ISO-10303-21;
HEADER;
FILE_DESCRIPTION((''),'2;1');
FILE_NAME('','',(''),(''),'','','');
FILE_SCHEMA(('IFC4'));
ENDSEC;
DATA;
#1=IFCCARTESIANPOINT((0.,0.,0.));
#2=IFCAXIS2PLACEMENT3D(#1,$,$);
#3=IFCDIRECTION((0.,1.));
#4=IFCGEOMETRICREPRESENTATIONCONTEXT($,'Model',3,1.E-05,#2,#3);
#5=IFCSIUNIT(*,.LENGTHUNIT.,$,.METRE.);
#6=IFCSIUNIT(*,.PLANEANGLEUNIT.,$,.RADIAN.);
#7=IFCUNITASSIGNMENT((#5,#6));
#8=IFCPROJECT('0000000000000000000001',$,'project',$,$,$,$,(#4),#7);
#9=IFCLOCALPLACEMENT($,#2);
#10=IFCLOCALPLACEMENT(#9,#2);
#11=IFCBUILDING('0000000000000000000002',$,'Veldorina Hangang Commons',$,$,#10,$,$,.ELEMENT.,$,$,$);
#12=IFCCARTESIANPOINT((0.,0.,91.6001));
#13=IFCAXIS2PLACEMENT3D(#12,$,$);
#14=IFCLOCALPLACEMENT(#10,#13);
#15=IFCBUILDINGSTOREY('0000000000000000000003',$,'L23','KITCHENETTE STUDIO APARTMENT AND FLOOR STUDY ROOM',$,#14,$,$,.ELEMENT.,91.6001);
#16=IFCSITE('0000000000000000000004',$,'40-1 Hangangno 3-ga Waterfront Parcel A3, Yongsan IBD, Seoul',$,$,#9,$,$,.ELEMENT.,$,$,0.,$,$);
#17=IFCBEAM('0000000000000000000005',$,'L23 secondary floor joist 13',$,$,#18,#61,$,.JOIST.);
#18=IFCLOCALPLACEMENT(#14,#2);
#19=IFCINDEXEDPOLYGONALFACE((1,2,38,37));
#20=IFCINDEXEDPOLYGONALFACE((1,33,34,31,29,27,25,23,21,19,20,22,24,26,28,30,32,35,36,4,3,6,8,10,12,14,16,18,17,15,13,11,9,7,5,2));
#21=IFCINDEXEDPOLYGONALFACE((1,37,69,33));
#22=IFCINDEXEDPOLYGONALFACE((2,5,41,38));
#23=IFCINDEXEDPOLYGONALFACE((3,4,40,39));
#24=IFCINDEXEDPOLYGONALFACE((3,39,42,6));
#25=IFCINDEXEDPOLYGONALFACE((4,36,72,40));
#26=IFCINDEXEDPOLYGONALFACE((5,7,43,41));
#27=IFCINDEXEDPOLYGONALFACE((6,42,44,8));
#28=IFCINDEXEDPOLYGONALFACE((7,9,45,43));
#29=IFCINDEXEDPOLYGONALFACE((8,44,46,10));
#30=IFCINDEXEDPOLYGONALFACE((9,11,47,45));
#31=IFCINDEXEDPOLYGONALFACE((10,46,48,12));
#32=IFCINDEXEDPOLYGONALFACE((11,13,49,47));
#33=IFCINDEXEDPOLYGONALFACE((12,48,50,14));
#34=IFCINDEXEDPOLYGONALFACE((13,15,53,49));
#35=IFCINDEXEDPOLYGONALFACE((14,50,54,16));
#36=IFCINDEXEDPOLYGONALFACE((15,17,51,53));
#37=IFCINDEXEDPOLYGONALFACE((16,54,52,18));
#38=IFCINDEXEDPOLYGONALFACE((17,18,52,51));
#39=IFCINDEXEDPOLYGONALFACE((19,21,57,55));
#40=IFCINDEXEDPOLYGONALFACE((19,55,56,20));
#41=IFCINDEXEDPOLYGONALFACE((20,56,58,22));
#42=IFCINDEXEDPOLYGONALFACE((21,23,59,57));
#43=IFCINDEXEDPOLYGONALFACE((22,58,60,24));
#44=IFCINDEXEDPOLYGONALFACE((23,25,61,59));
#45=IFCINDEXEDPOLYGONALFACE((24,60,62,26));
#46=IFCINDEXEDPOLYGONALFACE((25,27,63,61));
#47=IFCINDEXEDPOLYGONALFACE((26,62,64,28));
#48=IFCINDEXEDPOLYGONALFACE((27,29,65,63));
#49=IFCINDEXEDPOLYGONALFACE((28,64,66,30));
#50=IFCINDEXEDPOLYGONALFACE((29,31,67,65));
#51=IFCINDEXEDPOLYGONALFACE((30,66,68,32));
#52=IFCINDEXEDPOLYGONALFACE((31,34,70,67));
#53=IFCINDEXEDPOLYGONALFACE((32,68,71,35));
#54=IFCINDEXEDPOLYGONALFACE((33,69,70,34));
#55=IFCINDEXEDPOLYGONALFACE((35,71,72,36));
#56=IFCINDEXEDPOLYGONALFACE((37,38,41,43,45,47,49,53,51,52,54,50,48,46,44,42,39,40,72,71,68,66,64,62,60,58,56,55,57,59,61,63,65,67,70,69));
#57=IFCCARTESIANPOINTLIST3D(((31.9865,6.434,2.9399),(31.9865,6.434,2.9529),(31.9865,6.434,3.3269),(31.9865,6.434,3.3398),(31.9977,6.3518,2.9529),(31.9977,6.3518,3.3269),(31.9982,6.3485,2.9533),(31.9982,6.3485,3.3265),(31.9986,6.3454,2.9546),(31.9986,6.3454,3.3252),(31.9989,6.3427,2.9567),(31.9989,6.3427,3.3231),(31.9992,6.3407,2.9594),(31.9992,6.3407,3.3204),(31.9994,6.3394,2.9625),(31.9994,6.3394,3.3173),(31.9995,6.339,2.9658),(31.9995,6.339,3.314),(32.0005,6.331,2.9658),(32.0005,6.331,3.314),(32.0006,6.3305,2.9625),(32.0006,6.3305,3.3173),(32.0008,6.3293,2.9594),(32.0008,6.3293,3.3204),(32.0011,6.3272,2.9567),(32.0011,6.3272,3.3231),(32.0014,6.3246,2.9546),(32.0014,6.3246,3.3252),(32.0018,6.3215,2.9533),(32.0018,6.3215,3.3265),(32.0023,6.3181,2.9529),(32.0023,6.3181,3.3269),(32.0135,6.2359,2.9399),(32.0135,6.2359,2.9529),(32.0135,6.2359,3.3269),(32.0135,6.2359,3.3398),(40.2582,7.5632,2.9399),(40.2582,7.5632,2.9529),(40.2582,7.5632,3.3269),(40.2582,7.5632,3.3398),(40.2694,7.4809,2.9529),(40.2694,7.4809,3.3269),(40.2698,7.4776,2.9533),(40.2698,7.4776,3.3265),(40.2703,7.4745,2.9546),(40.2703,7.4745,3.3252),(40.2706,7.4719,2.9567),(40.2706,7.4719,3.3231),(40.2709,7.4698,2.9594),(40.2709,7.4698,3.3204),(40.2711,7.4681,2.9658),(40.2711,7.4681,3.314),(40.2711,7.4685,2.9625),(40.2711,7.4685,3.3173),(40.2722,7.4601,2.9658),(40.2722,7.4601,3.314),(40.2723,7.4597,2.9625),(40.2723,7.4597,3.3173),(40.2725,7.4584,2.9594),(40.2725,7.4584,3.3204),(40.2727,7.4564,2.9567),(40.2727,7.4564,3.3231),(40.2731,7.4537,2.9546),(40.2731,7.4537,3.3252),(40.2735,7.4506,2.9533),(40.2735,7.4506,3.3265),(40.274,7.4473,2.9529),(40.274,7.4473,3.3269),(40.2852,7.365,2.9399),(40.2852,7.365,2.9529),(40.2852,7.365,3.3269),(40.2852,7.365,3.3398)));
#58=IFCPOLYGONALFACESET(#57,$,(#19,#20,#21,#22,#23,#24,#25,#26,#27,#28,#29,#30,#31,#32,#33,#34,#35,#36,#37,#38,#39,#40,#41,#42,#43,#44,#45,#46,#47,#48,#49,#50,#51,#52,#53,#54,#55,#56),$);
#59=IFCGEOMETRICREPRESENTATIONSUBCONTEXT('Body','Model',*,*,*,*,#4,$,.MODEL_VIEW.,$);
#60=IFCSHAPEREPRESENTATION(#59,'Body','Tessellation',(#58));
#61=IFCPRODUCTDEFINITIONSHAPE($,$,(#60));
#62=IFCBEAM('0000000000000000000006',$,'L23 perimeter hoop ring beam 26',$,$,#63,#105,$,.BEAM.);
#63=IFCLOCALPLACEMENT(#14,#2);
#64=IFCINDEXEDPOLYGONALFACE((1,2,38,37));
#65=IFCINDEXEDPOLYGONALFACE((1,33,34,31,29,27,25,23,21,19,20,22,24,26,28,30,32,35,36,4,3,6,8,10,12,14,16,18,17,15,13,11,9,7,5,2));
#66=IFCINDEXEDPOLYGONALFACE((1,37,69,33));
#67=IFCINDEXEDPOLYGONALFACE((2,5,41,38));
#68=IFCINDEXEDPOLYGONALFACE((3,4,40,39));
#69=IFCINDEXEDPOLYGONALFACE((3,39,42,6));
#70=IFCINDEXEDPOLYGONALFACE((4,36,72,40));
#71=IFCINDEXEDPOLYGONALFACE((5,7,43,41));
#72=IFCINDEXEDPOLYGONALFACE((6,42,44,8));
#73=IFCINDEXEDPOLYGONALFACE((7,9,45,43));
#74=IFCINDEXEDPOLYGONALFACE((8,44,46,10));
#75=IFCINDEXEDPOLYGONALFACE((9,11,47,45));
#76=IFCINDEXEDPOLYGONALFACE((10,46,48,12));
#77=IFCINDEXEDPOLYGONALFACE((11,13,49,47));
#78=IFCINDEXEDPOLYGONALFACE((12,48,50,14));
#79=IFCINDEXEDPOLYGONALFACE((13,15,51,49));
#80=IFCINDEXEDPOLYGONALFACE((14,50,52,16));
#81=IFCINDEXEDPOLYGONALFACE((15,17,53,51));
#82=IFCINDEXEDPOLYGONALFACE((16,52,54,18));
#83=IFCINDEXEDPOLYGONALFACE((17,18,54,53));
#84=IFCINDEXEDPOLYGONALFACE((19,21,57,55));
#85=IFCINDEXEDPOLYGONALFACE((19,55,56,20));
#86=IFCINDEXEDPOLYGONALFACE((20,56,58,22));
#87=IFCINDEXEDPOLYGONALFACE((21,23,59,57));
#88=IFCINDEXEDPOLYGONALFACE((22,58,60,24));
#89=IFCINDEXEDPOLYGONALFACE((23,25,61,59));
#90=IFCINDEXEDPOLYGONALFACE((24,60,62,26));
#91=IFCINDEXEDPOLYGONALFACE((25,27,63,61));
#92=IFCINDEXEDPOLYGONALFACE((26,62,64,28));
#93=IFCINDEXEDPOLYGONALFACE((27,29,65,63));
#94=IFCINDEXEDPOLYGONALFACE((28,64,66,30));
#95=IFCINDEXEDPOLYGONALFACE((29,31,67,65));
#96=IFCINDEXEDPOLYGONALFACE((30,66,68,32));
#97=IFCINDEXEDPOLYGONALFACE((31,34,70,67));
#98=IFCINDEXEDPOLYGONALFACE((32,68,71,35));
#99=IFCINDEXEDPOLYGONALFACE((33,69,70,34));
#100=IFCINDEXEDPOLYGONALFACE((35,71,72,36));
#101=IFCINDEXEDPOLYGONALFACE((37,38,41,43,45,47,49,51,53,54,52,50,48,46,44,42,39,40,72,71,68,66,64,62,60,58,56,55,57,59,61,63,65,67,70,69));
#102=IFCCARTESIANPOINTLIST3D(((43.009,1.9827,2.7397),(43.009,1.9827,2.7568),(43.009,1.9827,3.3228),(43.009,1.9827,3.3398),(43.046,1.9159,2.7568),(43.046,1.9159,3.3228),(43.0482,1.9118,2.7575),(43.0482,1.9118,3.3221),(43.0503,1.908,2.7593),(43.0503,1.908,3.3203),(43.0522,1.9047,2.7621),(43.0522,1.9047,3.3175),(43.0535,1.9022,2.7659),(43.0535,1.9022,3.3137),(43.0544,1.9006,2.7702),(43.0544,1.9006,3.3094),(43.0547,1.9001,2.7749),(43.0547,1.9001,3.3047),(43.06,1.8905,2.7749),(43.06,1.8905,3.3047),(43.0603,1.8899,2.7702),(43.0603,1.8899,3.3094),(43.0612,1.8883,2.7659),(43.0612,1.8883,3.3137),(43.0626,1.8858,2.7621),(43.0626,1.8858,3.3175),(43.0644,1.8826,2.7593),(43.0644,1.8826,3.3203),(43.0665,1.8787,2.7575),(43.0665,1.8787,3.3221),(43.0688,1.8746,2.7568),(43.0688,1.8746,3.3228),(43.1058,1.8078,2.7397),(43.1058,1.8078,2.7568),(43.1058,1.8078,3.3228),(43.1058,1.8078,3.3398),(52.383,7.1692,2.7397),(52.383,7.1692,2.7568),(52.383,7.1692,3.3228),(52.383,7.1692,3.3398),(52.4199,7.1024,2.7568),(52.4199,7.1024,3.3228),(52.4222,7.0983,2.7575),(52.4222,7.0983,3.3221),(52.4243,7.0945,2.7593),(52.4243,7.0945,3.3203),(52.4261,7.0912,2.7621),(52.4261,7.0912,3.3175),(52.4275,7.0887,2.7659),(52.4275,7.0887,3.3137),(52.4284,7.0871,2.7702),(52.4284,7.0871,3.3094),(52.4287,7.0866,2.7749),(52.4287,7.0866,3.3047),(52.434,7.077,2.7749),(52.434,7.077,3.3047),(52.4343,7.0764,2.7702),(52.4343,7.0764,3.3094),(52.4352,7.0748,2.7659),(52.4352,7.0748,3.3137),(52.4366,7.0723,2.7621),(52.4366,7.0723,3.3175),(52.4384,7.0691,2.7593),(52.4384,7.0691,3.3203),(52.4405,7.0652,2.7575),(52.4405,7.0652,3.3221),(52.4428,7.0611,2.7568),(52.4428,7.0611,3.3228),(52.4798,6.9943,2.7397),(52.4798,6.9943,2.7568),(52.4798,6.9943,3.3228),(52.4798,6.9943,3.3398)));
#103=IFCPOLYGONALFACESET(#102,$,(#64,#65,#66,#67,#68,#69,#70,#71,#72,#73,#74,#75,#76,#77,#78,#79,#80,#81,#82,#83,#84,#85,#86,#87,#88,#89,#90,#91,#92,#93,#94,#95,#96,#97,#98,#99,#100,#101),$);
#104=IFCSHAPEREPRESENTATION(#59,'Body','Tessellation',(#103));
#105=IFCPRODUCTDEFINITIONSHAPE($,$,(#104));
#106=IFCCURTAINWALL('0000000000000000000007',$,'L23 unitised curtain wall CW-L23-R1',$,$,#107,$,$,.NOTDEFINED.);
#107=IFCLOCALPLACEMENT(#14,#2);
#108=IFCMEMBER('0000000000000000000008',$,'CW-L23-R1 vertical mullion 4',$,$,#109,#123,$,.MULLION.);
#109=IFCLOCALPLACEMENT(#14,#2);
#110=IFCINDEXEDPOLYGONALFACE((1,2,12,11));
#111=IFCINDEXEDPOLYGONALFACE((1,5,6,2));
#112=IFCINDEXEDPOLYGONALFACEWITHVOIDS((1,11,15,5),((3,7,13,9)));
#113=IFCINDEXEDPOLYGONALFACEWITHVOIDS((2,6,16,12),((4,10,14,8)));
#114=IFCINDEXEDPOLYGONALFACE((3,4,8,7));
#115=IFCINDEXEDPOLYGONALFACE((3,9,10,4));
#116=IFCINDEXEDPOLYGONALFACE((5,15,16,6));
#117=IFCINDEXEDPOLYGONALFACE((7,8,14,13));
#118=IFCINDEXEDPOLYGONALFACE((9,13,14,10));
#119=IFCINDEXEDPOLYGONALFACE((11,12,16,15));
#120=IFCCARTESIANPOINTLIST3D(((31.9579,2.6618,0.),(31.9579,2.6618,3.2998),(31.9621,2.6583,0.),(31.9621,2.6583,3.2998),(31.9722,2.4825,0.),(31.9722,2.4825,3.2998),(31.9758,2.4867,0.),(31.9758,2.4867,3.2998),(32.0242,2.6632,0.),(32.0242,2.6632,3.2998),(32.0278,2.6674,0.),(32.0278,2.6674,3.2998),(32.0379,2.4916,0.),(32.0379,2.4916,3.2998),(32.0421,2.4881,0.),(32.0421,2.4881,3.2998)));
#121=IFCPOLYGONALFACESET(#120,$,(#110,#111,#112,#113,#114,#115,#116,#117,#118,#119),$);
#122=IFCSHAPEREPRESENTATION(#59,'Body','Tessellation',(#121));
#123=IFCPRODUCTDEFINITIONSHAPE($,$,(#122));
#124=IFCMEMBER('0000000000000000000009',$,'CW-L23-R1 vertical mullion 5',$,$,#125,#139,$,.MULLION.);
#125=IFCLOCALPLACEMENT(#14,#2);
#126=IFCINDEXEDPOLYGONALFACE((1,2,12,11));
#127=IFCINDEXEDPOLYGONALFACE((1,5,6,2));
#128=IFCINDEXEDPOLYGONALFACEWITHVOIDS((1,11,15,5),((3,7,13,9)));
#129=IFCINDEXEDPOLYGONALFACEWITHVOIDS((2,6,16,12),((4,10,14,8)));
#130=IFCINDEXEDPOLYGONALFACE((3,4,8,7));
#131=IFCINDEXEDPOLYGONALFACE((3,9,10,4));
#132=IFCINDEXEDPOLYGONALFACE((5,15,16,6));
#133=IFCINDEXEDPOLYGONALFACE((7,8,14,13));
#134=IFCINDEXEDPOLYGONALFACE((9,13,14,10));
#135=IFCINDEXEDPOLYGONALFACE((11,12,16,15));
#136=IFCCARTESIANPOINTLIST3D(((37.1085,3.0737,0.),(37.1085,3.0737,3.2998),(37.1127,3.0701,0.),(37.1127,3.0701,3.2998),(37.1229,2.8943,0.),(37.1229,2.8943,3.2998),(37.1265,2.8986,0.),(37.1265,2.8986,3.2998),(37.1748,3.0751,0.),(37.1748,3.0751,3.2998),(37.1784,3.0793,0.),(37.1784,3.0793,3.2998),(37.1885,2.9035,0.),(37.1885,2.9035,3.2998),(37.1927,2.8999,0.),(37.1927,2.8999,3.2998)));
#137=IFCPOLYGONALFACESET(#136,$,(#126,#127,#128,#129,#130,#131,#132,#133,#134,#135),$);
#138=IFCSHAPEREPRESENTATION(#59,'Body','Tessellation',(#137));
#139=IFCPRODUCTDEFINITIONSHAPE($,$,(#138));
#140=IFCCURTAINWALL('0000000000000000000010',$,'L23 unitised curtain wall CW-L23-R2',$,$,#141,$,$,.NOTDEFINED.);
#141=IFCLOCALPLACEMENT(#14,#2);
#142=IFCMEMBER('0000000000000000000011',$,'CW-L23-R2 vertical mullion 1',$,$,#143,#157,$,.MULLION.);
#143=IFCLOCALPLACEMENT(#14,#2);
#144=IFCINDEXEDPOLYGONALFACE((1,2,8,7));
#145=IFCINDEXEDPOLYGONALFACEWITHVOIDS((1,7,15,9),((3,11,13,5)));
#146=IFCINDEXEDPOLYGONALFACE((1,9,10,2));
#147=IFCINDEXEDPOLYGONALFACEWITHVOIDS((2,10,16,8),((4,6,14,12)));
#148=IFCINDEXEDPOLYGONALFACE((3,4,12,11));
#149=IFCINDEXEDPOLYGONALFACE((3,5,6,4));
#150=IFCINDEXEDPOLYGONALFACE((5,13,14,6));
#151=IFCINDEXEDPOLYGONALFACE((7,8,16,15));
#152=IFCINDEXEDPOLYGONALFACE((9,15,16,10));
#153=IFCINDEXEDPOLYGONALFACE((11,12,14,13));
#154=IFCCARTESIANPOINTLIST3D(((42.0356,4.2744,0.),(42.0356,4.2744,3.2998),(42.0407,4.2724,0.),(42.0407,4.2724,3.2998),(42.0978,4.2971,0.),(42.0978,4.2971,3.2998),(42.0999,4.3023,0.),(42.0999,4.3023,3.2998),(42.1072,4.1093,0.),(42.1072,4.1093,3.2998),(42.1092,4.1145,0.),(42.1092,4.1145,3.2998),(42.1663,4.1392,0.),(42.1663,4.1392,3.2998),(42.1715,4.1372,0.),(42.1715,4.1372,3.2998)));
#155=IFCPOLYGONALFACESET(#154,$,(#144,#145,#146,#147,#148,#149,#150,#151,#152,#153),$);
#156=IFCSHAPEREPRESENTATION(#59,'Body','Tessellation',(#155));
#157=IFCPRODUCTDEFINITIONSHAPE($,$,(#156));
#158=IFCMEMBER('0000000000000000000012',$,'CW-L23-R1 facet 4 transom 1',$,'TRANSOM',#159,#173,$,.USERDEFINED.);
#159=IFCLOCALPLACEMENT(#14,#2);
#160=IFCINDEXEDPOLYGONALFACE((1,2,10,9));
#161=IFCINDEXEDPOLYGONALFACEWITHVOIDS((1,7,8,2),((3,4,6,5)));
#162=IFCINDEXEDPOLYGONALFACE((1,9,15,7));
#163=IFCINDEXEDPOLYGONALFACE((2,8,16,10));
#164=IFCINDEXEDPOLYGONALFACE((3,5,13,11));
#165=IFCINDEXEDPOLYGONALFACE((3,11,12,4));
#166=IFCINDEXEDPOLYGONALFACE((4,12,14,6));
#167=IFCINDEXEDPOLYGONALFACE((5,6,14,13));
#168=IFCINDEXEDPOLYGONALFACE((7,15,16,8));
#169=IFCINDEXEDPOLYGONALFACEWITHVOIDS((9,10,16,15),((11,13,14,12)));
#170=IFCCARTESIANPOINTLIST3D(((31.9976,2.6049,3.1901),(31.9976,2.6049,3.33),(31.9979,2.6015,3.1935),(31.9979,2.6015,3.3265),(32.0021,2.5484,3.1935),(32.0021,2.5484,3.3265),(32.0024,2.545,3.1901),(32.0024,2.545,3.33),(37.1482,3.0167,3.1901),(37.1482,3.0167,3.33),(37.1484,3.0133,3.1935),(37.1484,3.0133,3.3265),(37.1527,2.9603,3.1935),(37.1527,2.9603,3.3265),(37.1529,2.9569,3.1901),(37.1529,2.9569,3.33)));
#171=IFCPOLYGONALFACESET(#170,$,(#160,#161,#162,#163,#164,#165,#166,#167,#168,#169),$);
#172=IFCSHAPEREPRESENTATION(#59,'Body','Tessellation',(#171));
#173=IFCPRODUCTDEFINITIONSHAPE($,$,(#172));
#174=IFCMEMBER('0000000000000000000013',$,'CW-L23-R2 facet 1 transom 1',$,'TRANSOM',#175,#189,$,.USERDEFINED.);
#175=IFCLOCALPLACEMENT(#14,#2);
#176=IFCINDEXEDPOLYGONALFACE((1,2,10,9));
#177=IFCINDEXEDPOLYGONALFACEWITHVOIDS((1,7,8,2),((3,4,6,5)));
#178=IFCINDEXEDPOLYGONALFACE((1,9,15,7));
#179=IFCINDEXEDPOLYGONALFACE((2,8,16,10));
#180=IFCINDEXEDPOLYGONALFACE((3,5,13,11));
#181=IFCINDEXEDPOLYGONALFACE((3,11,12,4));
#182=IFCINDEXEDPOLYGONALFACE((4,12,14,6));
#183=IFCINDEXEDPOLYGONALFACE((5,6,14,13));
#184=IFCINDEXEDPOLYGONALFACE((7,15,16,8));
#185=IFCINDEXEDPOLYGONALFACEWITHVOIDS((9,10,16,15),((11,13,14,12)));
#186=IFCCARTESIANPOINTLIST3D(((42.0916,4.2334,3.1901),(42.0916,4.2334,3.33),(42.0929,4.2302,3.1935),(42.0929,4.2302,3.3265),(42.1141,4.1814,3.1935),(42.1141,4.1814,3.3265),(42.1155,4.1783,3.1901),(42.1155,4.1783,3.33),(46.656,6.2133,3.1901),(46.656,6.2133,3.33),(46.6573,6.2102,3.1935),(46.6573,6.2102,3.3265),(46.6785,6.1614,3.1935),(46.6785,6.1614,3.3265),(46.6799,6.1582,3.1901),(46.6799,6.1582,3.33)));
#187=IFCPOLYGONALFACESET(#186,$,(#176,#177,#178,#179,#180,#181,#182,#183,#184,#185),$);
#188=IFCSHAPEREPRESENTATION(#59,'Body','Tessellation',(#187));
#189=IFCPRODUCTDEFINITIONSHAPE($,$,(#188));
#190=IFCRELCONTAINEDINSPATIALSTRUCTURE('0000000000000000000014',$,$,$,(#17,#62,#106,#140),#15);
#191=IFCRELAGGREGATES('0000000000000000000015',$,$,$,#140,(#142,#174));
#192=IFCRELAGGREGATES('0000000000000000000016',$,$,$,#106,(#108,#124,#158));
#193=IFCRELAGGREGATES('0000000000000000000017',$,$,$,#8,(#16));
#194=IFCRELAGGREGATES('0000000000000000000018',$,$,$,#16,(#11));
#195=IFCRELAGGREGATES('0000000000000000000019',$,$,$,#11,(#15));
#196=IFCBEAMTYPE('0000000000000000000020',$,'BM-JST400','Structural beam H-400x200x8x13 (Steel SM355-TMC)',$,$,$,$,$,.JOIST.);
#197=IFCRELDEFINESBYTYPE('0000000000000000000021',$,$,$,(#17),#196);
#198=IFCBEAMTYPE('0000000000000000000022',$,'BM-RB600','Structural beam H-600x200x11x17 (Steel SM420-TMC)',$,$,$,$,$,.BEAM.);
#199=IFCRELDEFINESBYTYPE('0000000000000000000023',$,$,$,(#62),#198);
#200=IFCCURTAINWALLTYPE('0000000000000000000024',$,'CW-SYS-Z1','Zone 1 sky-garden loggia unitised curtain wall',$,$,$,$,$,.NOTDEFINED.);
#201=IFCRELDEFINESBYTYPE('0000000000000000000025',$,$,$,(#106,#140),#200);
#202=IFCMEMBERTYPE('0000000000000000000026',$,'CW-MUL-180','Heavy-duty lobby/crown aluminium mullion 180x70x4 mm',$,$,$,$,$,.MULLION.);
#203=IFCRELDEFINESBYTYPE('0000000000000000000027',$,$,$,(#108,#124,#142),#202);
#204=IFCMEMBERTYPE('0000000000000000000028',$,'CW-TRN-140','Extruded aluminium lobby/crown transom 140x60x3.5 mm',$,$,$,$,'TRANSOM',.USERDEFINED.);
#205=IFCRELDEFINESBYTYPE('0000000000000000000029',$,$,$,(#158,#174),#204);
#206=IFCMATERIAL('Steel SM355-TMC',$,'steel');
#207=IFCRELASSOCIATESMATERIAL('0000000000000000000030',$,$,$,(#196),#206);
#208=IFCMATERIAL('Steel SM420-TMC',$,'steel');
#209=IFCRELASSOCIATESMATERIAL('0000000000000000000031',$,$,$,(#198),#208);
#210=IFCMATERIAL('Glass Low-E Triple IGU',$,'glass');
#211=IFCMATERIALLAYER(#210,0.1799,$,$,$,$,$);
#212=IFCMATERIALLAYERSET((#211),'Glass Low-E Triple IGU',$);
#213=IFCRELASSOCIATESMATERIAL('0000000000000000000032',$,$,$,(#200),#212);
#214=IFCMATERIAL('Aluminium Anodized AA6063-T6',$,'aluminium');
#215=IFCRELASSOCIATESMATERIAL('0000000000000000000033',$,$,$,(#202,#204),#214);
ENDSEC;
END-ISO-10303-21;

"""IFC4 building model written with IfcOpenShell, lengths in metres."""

from ifc_helpers import new_model, si_unit, direction, frame, origin, origin_2d, place, context, subcontext, project, spatial, hollow_rectangle, i_section, extrude, material, layer, layer_set, material_profile, profile_set, type_object, element, aggregate, save


model = new_model("IFC4")

# Units and contexts
model_context = context("Model", 3, precision=1e-05, world=origin(), true_north=direction((0.0, 1.0)))
body_context = subcontext(model_context, "Body", "Model", "MODEL_VIEW")
ifc_project = project(units=[si_unit("LENGTHUNIT", "METRE"), si_unit("PLANEANGLEUNIT", "RADIAN")], contexts=[model_context])

# Site, building, storey
site_placement = place(None, origin())
site = spatial("IfcSite", under=ifc_project, at=site_placement, Name="40-1 Hangangno 3-ga Waterfront Parcel A3, Yongsan IBD, Seoul", CompositionType="ELEMENT", RefElevation=0.0)
building_placement = place(site_placement, origin())
building = spatial("IfcBuilding", under=site, at=building_placement, Name="Veldorina Hangang Commons", CompositionType="ELEMENT")
storey_placement = place(building_placement, frame((0.0, 0.0, 91.6001)))
storey = spatial("IfcBuildingStorey", under=building, at=storey_placement, Name="L23", Description="KITCHENETTE STUDIO APARTMENT AND FLOOR STUDY ROOM", CompositionType="ELEMENT", Elevation=91.6001)

# Beams
ifc_material_1 = material(Name="Steel SM355-TMC", Category="steel")
ifc_material_profile_1 = material_profile(ifc_material_1, i_section(OverallWidth=0.2, OverallDepth=0.3999, WebThickness=0.0081, FlangeThickness=0.0129, FilletRadius=0.0129, at=origin_2d()), Name="H-400x200x8x13")
ifc_profile_set_1 = profile_set([ifc_material_profile_1], Name="Steel SM355-TMC")
beam_type_1 = type_object("IfcBeamType", Name="BM-JST400", Description="Structural beam H-400x200x8x13 (Steel SM355-TMC)", PredefinedType="JOIST", material=ifc_profile_set_1)
beam_1_placement = place(storey_placement, frame((32.0, 6.335, 3.1399), z_axis=(0.990811, 0.135253, 0.0), x_axis=(-0.135253, 0.990811, 0.0)))
element("IfcBeam", 1, at=beam_1_placement, inside=storey, type_object=beam_type_1, Name="L23 secondary floor joist 13", PredefinedType="JOIST", context=body_context, shape_type="SweptSolid", body=[
    extrude(i_section(OverallWidth=0.2, OverallDepth=0.3999, WebThickness=0.0081, FlangeThickness=0.0129, FilletRadius=0.0129, at=origin_2d()), origin(), (0.0, 0.0, 1.0), 8.3484),
])
ifc_material_2 = material(Name="Steel SM420-TMC", Category="steel")
ifc_material_profile_2 = material_profile(ifc_material_2, i_section(OverallWidth=0.2, OverallDepth=0.6001, WebThickness=0.011, FlangeThickness=0.0171, FilletRadius=0.0181, at=origin_2d()), Name="H-600x200x11x17")
ifc_profile_set_2 = profile_set([ifc_material_profile_2], Name="Steel SM420-TMC")
beam_type_2 = type_object("IfcBeamType", Name="BM-RB600", Description="Structural beam H-600x200x11x17 (Steel SM420-TMC)", PredefinedType="BEAM", material=ifc_profile_set_2)
beam_2_placement = place(storey_placement, frame((43.0574, 1.8953, 3.0398), z_axis=(0.874999, 0.484125, 0.0), x_axis=(-0.484125, 0.874999, 0.0)))
element("IfcBeam", 2, at=beam_2_placement, inside=storey, type_object=beam_type_2, Name="L23 perimeter hoop ring beam 26", PredefinedType="BEAM", context=body_context, shape_type="SweptSolid", body=[
    extrude(i_section(OverallWidth=0.2, OverallDepth=0.6001, WebThickness=0.011, FlangeThickness=0.0171, FilletRadius=0.0181, at=origin_2d()), origin(), (0.0, 0.0, 1.0), 10.7131),
])

# Curtain wall, members
ifc_material_3 = material(Name="Glass Low-E Triple IGU", Category="glass")
ifc_layer_1 = layer(ifc_material_3, 0.1799)
ifc_layer_set_1 = layer_set([ifc_layer_1], Name="Glass Low-E Triple IGU")
curtain_wall_type = type_object("IfcCurtainWallType", Name="CW-SYS-Z1", Description="Zone 1 sky-garden loggia unitised curtain wall", PredefinedType="NOTDEFINED", material=ifc_layer_set_1)
curtain_wall_1_placement = place(storey_placement, origin())
curtain_wall_1 = element("IfcCurtainWall", 3, at=curtain_wall_1_placement, inside=storey, type_object=curtain_wall_type, Name="L23 unitised curtain wall CW-L23-R1", PredefinedType="NOTDEFINED")
ifc_material_4 = material(Name="Aluminium Anodized AA6063-T6", Category="aluminium")
ifc_material_profile_3 = material_profile(ifc_material_4, hollow_rectangle(XDim=0.0701, YDim=0.1799, WallThickness=0.0039, at=origin_2d()), Name="ALU-RHS-180x70x4")
ifc_profile_set_3 = profile_set([ifc_material_profile_3], Name="Aluminium Anodized AA6063-T6")
member_type_1 = type_object("IfcMemberType", Name="CW-MUL-180", Description="Heavy-duty lobby/crown aluminium mullion 180x70x4 mm", PredefinedType="MULLION", material=ifc_profile_set_3)
member_1_placement = place(storey_placement, frame((32.0, 2.575, 0.0), z_axis=(0.0, 0.0, 1.0), x_axis=(0.996821, 0.079677, 0.0)))
member_1 = element("IfcMember", 4, at=member_1_placement, type_object=member_type_1, Name="CW-L23-R1 vertical mullion 4", PredefinedType="MULLION", context=body_context, shape_type="SweptSolid", body=[
    extrude(hollow_rectangle(XDim=0.0701, YDim=0.1799, WallThickness=0.0039, at=origin_2d()), origin(), (0.0, 0.0, 1.0), 3.2998),
])
member_2_placement = place(storey_placement, frame((37.1506, 2.9868, 0.0), z_axis=(0.0, 0.0, 1.0), x_axis=(-0.996821, -0.079677, 0.0)))
member_2 = element("IfcMember", 5, at=member_2_placement, type_object=member_type_1, Name="CW-L23-R1 vertical mullion 5", PredefinedType="MULLION", context=body_context, shape_type="SweptSolid", body=[
    extrude(hollow_rectangle(XDim=0.0701, YDim=0.1799, WallThickness=0.0039, at=origin_2d()), origin(), (0.0, 0.0, 1.0), 3.2998),
])

# Curtain wall, member
curtain_wall_2_placement = place(storey_placement, origin())
curtain_wall_2 = element("IfcCurtainWall", 6, at=curtain_wall_2_placement, inside=storey, type_object=curtain_wall_type, Name="L23 unitised curtain wall CW-L23-R2", PredefinedType="NOTDEFINED")
member_3_placement = place(storey_placement, frame((42.1035, 4.2058, 0.0), z_axis=(0.0, 0.0, 1.0), x_axis=(0.917415, 0.397933, 0.0)))
member_3 = element("IfcMember", 7, at=member_3_placement, type_object=member_type_1, Name="CW-L23-R2 vertical mullion 1", PredefinedType="MULLION", context=body_context, shape_type="SweptSolid", body=[
    extrude(hollow_rectangle(XDim=0.0701, YDim=0.1799, WallThickness=0.0039, at=origin_2d()), origin(), (0.0, 0.0, 1.0), 3.2998),
])

# Members
ifc_material_profile_4 = material_profile(ifc_material_4, hollow_rectangle(XDim=0.0601, YDim=0.1399, WallThickness=0.0034, at=origin_2d()), Name="ALU-RHS-140x60x3.5")
ifc_profile_set_4 = profile_set([ifc_material_profile_4], Name="Aluminium Anodized AA6063-T6")
member_type_2 = type_object("IfcMemberType", Name="CW-TRN-140", Description="Extruded aluminium lobby/crown transom 140x60x3.5 mm", ElementType="TRANSOM", PredefinedType="USERDEFINED", material=ifc_profile_set_4)
member_4_placement = place(storey_placement, frame((32.0, 2.575, 3.26), z_axis=(0.996818, 0.07971, 0.0), x_axis=(-0.07971, 0.996818, 0.0)))
member_4 = element("IfcMember", 8, at=member_4_placement, type_object=member_type_2, Name="CW-L23-R1 facet 4 transom 1", ObjectType="TRANSOM", PredefinedType="USERDEFINED", context=body_context, shape_type="SweptSolid", body=[
    extrude(hollow_rectangle(XDim=0.0601, YDim=0.1399, WallThickness=0.0034, at=origin_2d()), origin(), (0.0, 0.0, 1.0), 5.167),
])
member_5_placement = place(storey_placement, frame((42.1035, 4.2058, 3.26), z_axis=(0.917405, 0.397954, 0.0), x_axis=(-0.397954, 0.917405, 0.0)))
member_5 = element("IfcMember", 9, at=member_5_placement, type_object=member_type_2, Name="CW-L23-R2 facet 1 transom 1", ObjectType="TRANSOM", PredefinedType="USERDEFINED", context=body_context, shape_type="SweptSolid", body=[
    extrude(hollow_rectangle(XDim=0.0601, YDim=0.1399, WallThickness=0.0034, at=origin_2d()), origin(), (0.0, 0.0, 1.0), 4.9753),
])
aggregate(curtain_wall_2, [member_3, member_5])

aggregate(curtain_wall_1, [member_1, member_2, member_4])

save(model, "model.ifc")
